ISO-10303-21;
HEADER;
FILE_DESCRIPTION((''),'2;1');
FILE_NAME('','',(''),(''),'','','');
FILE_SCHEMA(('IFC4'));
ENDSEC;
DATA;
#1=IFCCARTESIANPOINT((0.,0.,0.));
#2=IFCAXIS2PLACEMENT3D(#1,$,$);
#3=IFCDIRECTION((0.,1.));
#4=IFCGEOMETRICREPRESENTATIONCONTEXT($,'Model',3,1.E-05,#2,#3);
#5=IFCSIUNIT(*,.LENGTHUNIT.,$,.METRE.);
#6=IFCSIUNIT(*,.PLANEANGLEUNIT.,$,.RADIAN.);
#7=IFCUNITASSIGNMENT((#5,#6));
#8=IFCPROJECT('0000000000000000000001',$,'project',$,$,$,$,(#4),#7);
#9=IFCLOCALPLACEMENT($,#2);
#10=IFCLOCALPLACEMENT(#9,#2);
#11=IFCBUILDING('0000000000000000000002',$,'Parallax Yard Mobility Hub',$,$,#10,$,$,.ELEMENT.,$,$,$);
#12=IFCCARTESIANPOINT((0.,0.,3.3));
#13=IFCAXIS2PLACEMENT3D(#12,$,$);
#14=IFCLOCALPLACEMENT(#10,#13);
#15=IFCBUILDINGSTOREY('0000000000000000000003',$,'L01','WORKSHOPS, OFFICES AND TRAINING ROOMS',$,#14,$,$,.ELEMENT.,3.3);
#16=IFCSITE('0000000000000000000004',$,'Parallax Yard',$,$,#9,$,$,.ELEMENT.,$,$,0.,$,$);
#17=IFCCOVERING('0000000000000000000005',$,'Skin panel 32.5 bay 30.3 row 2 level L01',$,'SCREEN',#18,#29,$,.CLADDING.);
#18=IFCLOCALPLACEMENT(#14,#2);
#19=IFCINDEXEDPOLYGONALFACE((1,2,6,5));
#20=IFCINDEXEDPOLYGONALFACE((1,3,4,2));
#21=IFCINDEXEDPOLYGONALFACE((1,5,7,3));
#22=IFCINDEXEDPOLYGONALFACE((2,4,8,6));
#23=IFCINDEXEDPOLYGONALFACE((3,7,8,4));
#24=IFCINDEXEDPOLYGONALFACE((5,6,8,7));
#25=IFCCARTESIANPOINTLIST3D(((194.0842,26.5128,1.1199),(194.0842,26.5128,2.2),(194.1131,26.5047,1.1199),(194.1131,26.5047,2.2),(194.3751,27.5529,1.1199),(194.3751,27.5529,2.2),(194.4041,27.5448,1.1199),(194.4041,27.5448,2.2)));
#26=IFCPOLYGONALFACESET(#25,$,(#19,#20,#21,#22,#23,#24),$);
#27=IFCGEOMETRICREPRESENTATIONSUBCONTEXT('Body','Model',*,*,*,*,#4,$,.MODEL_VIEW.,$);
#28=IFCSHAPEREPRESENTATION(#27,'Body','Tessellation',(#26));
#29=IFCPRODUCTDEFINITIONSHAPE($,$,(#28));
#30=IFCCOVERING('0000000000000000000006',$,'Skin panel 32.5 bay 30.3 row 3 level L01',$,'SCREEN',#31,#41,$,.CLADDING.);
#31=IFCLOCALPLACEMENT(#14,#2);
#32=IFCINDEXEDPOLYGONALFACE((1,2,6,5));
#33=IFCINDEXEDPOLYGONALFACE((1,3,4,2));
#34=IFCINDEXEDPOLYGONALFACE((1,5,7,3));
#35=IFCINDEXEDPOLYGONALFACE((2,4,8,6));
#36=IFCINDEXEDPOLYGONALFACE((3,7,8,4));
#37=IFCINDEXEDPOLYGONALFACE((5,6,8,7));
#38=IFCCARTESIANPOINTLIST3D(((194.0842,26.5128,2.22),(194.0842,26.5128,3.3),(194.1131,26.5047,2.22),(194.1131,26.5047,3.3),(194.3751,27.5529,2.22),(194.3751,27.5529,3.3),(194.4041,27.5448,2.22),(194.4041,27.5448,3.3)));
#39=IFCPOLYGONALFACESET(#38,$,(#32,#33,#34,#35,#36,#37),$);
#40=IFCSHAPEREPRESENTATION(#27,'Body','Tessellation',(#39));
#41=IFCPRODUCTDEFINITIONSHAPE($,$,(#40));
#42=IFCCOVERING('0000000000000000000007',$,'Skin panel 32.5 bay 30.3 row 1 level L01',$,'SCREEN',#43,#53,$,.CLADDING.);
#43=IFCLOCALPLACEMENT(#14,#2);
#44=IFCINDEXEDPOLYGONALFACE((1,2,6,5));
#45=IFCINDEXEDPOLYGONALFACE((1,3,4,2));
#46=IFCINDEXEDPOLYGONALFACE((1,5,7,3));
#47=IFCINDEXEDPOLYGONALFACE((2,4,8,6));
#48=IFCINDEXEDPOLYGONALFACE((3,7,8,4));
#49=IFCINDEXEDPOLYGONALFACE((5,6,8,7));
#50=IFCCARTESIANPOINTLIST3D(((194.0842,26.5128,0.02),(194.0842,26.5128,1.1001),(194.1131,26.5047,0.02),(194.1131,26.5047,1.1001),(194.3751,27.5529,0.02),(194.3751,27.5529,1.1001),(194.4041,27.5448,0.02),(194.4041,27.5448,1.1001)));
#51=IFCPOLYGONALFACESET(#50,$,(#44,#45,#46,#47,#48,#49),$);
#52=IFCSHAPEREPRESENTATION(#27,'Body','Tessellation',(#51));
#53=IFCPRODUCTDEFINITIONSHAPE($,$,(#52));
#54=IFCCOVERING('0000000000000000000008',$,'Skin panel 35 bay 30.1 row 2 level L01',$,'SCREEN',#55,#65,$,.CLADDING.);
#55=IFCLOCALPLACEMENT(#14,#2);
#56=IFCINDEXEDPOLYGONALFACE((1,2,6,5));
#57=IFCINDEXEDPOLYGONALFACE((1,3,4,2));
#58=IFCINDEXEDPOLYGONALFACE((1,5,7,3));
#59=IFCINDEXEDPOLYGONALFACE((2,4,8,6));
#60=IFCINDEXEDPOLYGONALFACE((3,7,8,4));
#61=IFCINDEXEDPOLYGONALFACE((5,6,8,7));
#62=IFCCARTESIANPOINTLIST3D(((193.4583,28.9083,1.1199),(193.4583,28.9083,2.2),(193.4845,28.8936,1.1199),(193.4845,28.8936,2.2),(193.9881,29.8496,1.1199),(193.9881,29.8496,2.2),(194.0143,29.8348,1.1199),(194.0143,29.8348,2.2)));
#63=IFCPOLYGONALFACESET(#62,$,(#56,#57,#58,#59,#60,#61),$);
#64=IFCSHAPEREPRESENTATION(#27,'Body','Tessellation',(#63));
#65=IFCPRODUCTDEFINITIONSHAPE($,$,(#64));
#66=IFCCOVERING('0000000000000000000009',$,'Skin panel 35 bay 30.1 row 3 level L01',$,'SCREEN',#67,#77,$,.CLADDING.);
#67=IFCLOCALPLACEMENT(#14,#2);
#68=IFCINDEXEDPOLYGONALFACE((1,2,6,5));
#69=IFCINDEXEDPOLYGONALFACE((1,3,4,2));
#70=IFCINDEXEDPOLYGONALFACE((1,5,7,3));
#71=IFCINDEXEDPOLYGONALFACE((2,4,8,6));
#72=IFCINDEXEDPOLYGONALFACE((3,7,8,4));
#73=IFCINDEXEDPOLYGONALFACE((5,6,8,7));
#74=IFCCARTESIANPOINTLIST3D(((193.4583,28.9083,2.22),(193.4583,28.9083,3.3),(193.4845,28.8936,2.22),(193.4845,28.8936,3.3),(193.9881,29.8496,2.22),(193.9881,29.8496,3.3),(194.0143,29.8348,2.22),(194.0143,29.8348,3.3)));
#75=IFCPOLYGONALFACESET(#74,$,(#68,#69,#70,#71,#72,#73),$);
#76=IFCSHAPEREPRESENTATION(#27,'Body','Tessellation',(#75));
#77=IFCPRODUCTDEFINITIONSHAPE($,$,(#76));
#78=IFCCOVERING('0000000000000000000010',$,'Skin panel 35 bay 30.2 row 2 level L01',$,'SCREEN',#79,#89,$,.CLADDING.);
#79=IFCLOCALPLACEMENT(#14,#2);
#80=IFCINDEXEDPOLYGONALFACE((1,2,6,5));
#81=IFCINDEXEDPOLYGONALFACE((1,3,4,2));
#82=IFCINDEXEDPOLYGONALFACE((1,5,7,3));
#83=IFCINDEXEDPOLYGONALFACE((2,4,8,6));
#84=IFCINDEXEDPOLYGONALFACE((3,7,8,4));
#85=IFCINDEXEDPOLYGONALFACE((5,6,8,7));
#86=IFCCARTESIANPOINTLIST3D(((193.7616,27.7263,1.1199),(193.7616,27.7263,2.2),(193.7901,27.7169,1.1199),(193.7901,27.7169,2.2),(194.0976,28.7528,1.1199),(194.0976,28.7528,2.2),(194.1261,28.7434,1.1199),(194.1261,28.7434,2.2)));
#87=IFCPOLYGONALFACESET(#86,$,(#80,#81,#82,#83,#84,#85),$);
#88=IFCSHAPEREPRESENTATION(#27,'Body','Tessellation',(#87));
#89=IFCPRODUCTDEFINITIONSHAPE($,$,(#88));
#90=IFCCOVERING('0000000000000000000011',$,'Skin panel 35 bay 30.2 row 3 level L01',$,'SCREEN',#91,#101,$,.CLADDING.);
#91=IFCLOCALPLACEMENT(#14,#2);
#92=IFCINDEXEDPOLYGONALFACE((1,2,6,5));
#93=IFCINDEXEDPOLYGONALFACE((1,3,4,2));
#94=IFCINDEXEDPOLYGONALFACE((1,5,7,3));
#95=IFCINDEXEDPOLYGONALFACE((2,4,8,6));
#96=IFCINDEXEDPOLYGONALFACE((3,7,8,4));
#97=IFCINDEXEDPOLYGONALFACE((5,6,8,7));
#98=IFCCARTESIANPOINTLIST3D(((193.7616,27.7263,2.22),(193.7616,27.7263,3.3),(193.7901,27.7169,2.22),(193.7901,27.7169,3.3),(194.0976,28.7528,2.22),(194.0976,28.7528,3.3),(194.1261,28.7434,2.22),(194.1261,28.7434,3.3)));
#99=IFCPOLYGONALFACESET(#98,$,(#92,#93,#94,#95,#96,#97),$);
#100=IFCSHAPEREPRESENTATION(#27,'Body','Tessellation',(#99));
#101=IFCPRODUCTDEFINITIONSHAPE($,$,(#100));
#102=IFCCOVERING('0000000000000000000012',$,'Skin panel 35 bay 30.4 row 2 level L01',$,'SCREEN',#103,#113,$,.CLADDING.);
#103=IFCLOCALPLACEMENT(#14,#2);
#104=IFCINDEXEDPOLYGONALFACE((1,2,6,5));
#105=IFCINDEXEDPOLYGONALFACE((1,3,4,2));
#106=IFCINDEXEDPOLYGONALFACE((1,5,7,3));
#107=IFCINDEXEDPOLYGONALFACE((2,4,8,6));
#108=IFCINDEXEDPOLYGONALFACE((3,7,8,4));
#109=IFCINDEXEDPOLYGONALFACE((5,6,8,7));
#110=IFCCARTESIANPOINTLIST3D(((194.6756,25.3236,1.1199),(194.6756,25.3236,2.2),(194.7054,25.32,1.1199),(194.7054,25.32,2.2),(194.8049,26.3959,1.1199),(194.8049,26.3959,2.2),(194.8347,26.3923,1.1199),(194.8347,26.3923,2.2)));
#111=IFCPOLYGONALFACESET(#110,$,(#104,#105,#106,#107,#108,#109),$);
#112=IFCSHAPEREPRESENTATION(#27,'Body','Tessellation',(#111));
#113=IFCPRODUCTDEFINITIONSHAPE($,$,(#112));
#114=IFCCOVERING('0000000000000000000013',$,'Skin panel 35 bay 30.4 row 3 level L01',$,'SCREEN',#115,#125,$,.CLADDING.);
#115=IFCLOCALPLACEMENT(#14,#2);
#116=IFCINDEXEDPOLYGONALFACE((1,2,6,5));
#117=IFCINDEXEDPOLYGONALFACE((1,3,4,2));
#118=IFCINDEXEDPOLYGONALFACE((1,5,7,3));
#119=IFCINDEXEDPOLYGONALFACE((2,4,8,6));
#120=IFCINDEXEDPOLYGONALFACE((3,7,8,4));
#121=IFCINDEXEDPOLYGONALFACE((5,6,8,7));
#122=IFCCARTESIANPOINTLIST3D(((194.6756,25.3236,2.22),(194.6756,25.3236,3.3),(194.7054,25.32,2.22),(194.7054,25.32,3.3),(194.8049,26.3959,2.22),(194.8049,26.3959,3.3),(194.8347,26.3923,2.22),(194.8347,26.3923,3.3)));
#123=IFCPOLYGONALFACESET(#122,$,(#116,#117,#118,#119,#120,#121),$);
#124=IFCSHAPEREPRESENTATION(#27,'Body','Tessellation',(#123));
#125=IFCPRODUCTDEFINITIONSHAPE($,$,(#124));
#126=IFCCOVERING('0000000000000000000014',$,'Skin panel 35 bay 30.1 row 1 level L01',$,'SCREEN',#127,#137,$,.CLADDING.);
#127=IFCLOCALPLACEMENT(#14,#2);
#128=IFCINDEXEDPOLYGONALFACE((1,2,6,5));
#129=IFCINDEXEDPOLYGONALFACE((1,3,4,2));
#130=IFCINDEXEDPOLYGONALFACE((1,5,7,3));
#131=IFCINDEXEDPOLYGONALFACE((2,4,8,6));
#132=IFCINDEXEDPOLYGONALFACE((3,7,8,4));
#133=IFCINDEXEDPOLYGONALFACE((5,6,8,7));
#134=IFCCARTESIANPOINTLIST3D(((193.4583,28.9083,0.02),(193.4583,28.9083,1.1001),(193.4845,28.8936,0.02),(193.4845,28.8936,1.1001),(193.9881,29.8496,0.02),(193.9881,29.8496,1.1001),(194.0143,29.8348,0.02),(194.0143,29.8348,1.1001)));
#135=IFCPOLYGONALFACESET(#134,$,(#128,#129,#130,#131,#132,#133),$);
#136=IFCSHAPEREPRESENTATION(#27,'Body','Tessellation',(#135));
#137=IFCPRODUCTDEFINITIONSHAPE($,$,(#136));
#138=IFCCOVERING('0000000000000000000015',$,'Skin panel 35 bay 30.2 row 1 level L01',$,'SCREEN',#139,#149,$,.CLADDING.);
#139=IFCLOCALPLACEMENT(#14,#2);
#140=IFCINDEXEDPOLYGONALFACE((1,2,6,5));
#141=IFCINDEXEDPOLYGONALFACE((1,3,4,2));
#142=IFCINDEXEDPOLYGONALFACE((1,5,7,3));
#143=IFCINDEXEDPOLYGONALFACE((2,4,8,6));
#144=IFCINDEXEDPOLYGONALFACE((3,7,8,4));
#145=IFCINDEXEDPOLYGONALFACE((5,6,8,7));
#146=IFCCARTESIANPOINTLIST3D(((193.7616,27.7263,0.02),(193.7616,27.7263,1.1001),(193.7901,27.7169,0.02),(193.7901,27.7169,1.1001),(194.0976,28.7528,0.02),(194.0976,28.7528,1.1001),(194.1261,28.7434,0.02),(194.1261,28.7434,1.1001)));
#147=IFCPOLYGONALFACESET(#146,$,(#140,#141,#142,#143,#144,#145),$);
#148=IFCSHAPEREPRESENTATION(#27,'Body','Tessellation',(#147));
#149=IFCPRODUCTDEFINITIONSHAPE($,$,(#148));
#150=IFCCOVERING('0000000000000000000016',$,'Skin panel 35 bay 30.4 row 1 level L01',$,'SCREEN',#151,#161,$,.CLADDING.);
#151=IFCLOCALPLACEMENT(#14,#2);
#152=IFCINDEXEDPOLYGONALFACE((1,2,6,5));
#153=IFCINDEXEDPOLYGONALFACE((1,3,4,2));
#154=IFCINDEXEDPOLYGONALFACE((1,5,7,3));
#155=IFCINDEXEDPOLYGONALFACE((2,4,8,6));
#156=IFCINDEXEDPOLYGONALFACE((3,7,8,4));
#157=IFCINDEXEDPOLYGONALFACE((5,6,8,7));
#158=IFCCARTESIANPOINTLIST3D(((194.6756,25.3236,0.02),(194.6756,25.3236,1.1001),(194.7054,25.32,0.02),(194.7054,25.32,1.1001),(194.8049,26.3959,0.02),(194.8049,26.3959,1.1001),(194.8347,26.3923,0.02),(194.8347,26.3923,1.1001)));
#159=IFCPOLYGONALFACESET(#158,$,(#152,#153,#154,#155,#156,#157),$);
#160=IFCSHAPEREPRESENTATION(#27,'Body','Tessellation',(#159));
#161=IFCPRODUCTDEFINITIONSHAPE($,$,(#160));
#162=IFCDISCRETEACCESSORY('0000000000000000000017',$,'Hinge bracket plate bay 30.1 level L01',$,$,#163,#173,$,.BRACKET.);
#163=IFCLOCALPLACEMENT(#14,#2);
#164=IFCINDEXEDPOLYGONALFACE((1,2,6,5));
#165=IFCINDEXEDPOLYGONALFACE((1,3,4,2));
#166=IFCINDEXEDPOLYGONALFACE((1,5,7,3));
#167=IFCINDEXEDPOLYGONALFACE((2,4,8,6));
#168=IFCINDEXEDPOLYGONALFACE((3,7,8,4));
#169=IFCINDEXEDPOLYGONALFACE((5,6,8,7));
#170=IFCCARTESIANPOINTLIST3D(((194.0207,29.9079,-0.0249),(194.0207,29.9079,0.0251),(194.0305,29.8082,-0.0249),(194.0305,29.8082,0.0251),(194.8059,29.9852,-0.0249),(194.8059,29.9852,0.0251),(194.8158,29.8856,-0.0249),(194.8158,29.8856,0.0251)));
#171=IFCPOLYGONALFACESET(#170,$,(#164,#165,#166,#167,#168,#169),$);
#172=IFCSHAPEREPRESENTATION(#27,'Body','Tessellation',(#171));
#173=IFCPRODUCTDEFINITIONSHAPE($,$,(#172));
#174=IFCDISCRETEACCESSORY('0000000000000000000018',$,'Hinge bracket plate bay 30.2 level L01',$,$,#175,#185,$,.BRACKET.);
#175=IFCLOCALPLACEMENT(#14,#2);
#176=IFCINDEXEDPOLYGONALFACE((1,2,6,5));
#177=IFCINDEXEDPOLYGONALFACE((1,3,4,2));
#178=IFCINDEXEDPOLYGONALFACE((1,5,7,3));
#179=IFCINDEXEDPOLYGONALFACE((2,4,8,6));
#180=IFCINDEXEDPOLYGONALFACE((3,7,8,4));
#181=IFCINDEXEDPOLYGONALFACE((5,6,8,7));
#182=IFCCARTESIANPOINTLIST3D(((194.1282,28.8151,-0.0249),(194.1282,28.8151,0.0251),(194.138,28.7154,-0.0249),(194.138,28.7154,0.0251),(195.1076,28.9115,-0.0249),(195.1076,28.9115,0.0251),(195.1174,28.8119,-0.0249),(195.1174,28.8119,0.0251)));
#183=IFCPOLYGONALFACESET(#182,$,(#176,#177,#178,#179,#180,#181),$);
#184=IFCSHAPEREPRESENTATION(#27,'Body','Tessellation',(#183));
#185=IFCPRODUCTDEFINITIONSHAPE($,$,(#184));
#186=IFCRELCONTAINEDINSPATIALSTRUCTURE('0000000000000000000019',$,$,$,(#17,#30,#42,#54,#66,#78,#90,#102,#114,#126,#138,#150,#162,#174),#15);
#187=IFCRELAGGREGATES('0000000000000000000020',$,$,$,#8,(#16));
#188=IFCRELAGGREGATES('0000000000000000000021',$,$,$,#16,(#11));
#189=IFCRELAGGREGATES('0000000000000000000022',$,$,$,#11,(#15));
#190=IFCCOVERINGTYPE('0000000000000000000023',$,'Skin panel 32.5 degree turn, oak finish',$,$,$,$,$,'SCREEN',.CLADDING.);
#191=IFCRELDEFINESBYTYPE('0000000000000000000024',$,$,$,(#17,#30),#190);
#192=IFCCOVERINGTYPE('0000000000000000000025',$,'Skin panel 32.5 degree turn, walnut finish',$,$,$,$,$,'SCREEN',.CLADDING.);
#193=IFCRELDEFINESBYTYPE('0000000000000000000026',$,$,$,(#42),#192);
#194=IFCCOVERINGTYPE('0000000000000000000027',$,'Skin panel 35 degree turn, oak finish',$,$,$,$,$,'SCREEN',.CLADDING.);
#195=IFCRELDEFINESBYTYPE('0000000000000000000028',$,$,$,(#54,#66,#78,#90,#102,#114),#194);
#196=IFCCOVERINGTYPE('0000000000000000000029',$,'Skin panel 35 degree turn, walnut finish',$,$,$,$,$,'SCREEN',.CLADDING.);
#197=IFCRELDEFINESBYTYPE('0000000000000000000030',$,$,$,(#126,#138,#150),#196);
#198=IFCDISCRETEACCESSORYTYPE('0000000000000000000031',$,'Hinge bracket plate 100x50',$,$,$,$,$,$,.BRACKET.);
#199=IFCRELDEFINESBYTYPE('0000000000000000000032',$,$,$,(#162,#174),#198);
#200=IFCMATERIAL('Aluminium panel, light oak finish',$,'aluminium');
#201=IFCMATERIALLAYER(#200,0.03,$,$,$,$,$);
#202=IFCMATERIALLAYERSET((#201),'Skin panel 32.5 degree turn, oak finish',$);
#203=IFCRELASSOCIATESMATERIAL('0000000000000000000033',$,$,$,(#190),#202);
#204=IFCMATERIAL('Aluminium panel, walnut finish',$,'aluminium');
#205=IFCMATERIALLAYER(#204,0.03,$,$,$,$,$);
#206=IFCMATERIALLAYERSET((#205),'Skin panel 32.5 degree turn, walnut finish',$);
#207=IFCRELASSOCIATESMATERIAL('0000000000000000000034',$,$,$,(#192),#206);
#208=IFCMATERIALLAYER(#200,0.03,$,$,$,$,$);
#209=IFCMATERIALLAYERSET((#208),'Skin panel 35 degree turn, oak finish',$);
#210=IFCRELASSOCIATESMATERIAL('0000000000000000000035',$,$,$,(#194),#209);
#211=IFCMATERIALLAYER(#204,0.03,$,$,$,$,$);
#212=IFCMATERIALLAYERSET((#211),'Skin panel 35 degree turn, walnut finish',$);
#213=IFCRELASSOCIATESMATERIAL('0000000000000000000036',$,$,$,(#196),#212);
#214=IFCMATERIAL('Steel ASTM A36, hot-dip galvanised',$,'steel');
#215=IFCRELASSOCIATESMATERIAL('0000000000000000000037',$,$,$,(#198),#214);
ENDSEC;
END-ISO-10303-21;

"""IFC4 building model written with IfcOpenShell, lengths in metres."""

from ifc_helpers import new_model, si_unit, direction, frame, origin, origin_2d, place, context, subcontext, project, spatial, rectangle, extrude, material, layer, layer_set, type_object, element, save


model = new_model("IFC4")

# Units and contexts
model_context = context("Model", 3, precision=1e-05, world=origin(), true_north=direction((0.0, 1.0)))
body_context = subcontext(model_context, "Body", "Model", "MODEL_VIEW")
ifc_project = project(units=[si_unit("LENGTHUNIT", "METRE"), si_unit("PLANEANGLEUNIT", "RADIAN")], contexts=[model_context])

# Site, building, storey
site_placement = place(None, origin())
site = spatial("IfcSite", under=ifc_project, at=site_placement, Name="Parallax Yard", CompositionType="ELEMENT", RefElevation=0.0)
building_placement = place(site_placement, origin())
building = spatial("IfcBuilding", under=site, at=building_placement, Name="Parallax Yard Mobility Hub", CompositionType="ELEMENT")
storey_placement = place(building_placement, frame((0.0, 0.0, 3.3)))
storey = spatial("IfcBuildingStorey", under=building, at=storey_placement, Name="L01", Description="WORKSHOPS, OFFICES AND TRAINING ROOMS", CompositionType="ELEMENT", Elevation=3.3)

# Coverings
ifc_material_1 = material(Name="Aluminium panel, light oak finish", Category="aluminium")
ifc_layer_1 = layer(ifc_material_1, 0.03)
ifc_layer_set_1 = layer_set([ifc_layer_1], Name="Skin panel 32.5 degree turn, oak finish")
covering_type_1 = type_object("IfcCoveringType", Name="Skin panel 32.5 degree turn, oak finish", ElementType="SCREEN", PredefinedType="CLADDING", material=ifc_layer_set_1)
for number, where, z_axis, x_axis, name in (
    (1, (194.2441, 27.0288, 1.1199), (0.0, 0.0, 1.0), (-0.26934, -0.963045, 0.0), "Skin panel 32.5 bay 30.3 row 2 level L01"),
    (2, (194.2441, 27.0288, 2.22), (0.0, 0.0, 1.0), (-0.26934, -0.963045, 0.0), "Skin panel 32.5 bay 30.3 row 3 level L01"),
):
    element("IfcCovering", number, at=place(storey_placement, frame(where, z_axis=z_axis, x_axis=x_axis)), inside=storey, type_object=covering_type_1, Name=name, ObjectType="SCREEN", PredefinedType="CLADDING", context=body_context, shape_type="SweptSolid", body=[
        extrude(rectangle(XDim=1.0801, YDim=0.03, at=origin_2d()), origin(), (0.0, 0.0, 1.0), 1.0801),
    ])
ifc_material_2 = material(Name="Aluminium panel, walnut finish", Category="aluminium")
ifc_layer_2 = layer(ifc_material_2, 0.03)
ifc_layer_set_2 = layer_set([ifc_layer_2], Name="Skin panel 32.5 degree turn, walnut finish")
covering_type_2 = type_object("IfcCoveringType", Name="Skin panel 32.5 degree turn, walnut finish", ElementType="SCREEN", PredefinedType="CLADDING", material=ifc_layer_set_2)
covering_placement = place(storey_placement, frame((194.2441, 27.0288, 0.02), z_axis=(0.0, 0.0, 1.0), x_axis=(-0.26934, -0.963045, 0.0)))
element("IfcCovering", 3, at=covering_placement, inside=storey, type_object=covering_type_2, Name="Skin panel 32.5 bay 30.3 row 1 level L01", ObjectType="SCREEN", PredefinedType="CLADDING", context=body_context, shape_type="SweptSolid", body=[
    extrude(rectangle(XDim=1.0801, YDim=0.03, at=origin_2d()), origin(), (0.0, 0.0, 1.0), 1.0801),
])
ifc_layer_3 = layer(ifc_material_1, 0.03)
ifc_layer_set_3 = layer_set([ifc_layer_3], Name="Skin panel 35 degree turn, oak finish")
covering_type_3 = type_object("IfcCoveringType", Name="Skin panel 35 degree turn, oak finish", ElementType="SCREEN", PredefinedType="CLADDING", material=ifc_layer_set_3)
for number, where, z_axis, x_axis, name in (
    (4, (193.7363, 29.3716, 1.1199), (0.0, 0.0, 1.0), (-0.490524, -0.871428, 0.0), "Skin panel 35 bay 30.1 row 2 level L01"),
    (5, (193.7363, 29.3716, 2.22), (0.0, 0.0, 1.0), (-0.490524, -0.871428, 0.0), "Skin panel 35 bay 30.1 row 3 level L01"),
    (6, (193.9438, 28.2349, 1.1199), (0.0, 0.0, 1.0), (-0.311091, -0.95038, 0.0), "Skin panel 35 bay 30.2 row 2 level L01"),
    (7, (193.9438, 28.2349, 2.22), (0.0, 0.0, 1.0), (-0.311091, -0.95038, 0.0), "Skin panel 35 bay 30.2 row 3 level L01"),
    (8, (194.7551, 25.8579, 1.1199), (0.0, 0.0, 1.0), (-0.119704, -0.99281, 0.0), "Skin panel 35 bay 30.4 row 2 level L01"),
    (9, (194.7551, 25.8579, 2.22), (0.0, 0.0, 1.0), (-0.119704, -0.99281, 0.0), "Skin panel 35 bay 30.4 row 3 level L01"),
):
    element("IfcCovering", number, at=place(storey_placement, frame(where, z_axis=z_axis, x_axis=x_axis)), inside=storey, type_object=covering_type_3, Name=name, ObjectType="SCREEN", PredefinedType="CLADDING", context=body_context, shape_type="SweptSolid", body=[
        extrude(rectangle(XDim=1.0801, YDim=0.03, at=origin_2d()), origin(), (0.0, 0.0, 1.0), 1.0801),
    ])
ifc_layer_4 = layer(ifc_material_2, 0.03)
ifc_layer_set_4 = layer_set([ifc_layer_4], Name="Skin panel 35 degree turn, walnut finish")
covering_type_4 = type_object("IfcCoveringType", Name="Skin panel 35 degree turn, walnut finish", ElementType="SCREEN", PredefinedType="CLADDING", material=ifc_layer_set_4)
for number, where, z_axis, x_axis, name in (
    (10, (193.7363, 29.3716, 0.02), (0.0, 0.0, 1.0), (-0.490524, -0.871428, 0.0), "Skin panel 35 bay 30.1 row 1 level L01"),
    (11, (193.9438, 28.2349, 0.02), (0.0, 0.0, 1.0), (-0.311091, -0.95038, 0.0), "Skin panel 35 bay 30.2 row 1 level L01"),
    (12, (194.7551, 25.8579, 0.02), (0.0, 0.0, 1.0), (-0.119704, -0.99281, 0.0), "Skin panel 35 bay 30.4 row 1 level L01"),
):
    element("IfcCovering", number, at=place(storey_placement, frame(where, z_axis=z_axis, x_axis=x_axis)), inside=storey, type_object=covering_type_4, Name=name, ObjectType="SCREEN", PredefinedType="CLADDING", context=body_context, shape_type="SweptSolid", body=[
        extrude(rectangle(XDim=1.0801, YDim=0.03, at=origin_2d()), origin(), (0.0, 0.0, 1.0), 1.0801),
    ])

# Discrete accessories
ifc_material_3 = material(Name="Steel ASTM A36, hot-dip galvanised", Category="steel")
discrete_accessory_type_1 = type_object("IfcDiscreteAccessoryType", Name="Hinge bracket plate 100x50", PredefinedType="BRACKET", material=ifc_material_3)
discrete_accessory_1_placement = place(storey_placement, frame((194.4182, 29.8967, -0.0249), z_axis=(0.0, 0.0, 1.0), x_axis=(-0.995185, -0.098017, 0.0)))
element("IfcDiscreteAccessory", 13, at=discrete_accessory_1_placement, inside=storey, type_object=discrete_accessory_type_1, Name="Hinge bracket plate bay 30.1 level L01", PredefinedType="BRACKET", context=body_context, shape_type="SweptSolid", body=[
    extrude(rectangle(XDim=0.7891, YDim=0.1001, at=origin_2d()), origin(), (0.0, 0.0, 1.0), 0.05),
])
discrete_accessory_2_placement = place(storey_placement, frame((194.6228, 28.8135, -0.0249), z_axis=(0.0, 0.0, 1.0), x_axis=(-0.995185, -0.098017, 0.0)))
element("IfcDiscreteAccessory", 14, at=discrete_accessory_2_placement, inside=storey, type_object=discrete_accessory_type_1, Name="Hinge bracket plate bay 30.2 level L01", PredefinedType="BRACKET", context=body_context, shape_type="SweptSolid", body=[
    extrude(rectangle(XDim=0.9841, YDim=0.1001, at=origin_2d()), origin(), (0.0, 0.0, 1.0), 0.05),
])

save(model, "model.ifc")
